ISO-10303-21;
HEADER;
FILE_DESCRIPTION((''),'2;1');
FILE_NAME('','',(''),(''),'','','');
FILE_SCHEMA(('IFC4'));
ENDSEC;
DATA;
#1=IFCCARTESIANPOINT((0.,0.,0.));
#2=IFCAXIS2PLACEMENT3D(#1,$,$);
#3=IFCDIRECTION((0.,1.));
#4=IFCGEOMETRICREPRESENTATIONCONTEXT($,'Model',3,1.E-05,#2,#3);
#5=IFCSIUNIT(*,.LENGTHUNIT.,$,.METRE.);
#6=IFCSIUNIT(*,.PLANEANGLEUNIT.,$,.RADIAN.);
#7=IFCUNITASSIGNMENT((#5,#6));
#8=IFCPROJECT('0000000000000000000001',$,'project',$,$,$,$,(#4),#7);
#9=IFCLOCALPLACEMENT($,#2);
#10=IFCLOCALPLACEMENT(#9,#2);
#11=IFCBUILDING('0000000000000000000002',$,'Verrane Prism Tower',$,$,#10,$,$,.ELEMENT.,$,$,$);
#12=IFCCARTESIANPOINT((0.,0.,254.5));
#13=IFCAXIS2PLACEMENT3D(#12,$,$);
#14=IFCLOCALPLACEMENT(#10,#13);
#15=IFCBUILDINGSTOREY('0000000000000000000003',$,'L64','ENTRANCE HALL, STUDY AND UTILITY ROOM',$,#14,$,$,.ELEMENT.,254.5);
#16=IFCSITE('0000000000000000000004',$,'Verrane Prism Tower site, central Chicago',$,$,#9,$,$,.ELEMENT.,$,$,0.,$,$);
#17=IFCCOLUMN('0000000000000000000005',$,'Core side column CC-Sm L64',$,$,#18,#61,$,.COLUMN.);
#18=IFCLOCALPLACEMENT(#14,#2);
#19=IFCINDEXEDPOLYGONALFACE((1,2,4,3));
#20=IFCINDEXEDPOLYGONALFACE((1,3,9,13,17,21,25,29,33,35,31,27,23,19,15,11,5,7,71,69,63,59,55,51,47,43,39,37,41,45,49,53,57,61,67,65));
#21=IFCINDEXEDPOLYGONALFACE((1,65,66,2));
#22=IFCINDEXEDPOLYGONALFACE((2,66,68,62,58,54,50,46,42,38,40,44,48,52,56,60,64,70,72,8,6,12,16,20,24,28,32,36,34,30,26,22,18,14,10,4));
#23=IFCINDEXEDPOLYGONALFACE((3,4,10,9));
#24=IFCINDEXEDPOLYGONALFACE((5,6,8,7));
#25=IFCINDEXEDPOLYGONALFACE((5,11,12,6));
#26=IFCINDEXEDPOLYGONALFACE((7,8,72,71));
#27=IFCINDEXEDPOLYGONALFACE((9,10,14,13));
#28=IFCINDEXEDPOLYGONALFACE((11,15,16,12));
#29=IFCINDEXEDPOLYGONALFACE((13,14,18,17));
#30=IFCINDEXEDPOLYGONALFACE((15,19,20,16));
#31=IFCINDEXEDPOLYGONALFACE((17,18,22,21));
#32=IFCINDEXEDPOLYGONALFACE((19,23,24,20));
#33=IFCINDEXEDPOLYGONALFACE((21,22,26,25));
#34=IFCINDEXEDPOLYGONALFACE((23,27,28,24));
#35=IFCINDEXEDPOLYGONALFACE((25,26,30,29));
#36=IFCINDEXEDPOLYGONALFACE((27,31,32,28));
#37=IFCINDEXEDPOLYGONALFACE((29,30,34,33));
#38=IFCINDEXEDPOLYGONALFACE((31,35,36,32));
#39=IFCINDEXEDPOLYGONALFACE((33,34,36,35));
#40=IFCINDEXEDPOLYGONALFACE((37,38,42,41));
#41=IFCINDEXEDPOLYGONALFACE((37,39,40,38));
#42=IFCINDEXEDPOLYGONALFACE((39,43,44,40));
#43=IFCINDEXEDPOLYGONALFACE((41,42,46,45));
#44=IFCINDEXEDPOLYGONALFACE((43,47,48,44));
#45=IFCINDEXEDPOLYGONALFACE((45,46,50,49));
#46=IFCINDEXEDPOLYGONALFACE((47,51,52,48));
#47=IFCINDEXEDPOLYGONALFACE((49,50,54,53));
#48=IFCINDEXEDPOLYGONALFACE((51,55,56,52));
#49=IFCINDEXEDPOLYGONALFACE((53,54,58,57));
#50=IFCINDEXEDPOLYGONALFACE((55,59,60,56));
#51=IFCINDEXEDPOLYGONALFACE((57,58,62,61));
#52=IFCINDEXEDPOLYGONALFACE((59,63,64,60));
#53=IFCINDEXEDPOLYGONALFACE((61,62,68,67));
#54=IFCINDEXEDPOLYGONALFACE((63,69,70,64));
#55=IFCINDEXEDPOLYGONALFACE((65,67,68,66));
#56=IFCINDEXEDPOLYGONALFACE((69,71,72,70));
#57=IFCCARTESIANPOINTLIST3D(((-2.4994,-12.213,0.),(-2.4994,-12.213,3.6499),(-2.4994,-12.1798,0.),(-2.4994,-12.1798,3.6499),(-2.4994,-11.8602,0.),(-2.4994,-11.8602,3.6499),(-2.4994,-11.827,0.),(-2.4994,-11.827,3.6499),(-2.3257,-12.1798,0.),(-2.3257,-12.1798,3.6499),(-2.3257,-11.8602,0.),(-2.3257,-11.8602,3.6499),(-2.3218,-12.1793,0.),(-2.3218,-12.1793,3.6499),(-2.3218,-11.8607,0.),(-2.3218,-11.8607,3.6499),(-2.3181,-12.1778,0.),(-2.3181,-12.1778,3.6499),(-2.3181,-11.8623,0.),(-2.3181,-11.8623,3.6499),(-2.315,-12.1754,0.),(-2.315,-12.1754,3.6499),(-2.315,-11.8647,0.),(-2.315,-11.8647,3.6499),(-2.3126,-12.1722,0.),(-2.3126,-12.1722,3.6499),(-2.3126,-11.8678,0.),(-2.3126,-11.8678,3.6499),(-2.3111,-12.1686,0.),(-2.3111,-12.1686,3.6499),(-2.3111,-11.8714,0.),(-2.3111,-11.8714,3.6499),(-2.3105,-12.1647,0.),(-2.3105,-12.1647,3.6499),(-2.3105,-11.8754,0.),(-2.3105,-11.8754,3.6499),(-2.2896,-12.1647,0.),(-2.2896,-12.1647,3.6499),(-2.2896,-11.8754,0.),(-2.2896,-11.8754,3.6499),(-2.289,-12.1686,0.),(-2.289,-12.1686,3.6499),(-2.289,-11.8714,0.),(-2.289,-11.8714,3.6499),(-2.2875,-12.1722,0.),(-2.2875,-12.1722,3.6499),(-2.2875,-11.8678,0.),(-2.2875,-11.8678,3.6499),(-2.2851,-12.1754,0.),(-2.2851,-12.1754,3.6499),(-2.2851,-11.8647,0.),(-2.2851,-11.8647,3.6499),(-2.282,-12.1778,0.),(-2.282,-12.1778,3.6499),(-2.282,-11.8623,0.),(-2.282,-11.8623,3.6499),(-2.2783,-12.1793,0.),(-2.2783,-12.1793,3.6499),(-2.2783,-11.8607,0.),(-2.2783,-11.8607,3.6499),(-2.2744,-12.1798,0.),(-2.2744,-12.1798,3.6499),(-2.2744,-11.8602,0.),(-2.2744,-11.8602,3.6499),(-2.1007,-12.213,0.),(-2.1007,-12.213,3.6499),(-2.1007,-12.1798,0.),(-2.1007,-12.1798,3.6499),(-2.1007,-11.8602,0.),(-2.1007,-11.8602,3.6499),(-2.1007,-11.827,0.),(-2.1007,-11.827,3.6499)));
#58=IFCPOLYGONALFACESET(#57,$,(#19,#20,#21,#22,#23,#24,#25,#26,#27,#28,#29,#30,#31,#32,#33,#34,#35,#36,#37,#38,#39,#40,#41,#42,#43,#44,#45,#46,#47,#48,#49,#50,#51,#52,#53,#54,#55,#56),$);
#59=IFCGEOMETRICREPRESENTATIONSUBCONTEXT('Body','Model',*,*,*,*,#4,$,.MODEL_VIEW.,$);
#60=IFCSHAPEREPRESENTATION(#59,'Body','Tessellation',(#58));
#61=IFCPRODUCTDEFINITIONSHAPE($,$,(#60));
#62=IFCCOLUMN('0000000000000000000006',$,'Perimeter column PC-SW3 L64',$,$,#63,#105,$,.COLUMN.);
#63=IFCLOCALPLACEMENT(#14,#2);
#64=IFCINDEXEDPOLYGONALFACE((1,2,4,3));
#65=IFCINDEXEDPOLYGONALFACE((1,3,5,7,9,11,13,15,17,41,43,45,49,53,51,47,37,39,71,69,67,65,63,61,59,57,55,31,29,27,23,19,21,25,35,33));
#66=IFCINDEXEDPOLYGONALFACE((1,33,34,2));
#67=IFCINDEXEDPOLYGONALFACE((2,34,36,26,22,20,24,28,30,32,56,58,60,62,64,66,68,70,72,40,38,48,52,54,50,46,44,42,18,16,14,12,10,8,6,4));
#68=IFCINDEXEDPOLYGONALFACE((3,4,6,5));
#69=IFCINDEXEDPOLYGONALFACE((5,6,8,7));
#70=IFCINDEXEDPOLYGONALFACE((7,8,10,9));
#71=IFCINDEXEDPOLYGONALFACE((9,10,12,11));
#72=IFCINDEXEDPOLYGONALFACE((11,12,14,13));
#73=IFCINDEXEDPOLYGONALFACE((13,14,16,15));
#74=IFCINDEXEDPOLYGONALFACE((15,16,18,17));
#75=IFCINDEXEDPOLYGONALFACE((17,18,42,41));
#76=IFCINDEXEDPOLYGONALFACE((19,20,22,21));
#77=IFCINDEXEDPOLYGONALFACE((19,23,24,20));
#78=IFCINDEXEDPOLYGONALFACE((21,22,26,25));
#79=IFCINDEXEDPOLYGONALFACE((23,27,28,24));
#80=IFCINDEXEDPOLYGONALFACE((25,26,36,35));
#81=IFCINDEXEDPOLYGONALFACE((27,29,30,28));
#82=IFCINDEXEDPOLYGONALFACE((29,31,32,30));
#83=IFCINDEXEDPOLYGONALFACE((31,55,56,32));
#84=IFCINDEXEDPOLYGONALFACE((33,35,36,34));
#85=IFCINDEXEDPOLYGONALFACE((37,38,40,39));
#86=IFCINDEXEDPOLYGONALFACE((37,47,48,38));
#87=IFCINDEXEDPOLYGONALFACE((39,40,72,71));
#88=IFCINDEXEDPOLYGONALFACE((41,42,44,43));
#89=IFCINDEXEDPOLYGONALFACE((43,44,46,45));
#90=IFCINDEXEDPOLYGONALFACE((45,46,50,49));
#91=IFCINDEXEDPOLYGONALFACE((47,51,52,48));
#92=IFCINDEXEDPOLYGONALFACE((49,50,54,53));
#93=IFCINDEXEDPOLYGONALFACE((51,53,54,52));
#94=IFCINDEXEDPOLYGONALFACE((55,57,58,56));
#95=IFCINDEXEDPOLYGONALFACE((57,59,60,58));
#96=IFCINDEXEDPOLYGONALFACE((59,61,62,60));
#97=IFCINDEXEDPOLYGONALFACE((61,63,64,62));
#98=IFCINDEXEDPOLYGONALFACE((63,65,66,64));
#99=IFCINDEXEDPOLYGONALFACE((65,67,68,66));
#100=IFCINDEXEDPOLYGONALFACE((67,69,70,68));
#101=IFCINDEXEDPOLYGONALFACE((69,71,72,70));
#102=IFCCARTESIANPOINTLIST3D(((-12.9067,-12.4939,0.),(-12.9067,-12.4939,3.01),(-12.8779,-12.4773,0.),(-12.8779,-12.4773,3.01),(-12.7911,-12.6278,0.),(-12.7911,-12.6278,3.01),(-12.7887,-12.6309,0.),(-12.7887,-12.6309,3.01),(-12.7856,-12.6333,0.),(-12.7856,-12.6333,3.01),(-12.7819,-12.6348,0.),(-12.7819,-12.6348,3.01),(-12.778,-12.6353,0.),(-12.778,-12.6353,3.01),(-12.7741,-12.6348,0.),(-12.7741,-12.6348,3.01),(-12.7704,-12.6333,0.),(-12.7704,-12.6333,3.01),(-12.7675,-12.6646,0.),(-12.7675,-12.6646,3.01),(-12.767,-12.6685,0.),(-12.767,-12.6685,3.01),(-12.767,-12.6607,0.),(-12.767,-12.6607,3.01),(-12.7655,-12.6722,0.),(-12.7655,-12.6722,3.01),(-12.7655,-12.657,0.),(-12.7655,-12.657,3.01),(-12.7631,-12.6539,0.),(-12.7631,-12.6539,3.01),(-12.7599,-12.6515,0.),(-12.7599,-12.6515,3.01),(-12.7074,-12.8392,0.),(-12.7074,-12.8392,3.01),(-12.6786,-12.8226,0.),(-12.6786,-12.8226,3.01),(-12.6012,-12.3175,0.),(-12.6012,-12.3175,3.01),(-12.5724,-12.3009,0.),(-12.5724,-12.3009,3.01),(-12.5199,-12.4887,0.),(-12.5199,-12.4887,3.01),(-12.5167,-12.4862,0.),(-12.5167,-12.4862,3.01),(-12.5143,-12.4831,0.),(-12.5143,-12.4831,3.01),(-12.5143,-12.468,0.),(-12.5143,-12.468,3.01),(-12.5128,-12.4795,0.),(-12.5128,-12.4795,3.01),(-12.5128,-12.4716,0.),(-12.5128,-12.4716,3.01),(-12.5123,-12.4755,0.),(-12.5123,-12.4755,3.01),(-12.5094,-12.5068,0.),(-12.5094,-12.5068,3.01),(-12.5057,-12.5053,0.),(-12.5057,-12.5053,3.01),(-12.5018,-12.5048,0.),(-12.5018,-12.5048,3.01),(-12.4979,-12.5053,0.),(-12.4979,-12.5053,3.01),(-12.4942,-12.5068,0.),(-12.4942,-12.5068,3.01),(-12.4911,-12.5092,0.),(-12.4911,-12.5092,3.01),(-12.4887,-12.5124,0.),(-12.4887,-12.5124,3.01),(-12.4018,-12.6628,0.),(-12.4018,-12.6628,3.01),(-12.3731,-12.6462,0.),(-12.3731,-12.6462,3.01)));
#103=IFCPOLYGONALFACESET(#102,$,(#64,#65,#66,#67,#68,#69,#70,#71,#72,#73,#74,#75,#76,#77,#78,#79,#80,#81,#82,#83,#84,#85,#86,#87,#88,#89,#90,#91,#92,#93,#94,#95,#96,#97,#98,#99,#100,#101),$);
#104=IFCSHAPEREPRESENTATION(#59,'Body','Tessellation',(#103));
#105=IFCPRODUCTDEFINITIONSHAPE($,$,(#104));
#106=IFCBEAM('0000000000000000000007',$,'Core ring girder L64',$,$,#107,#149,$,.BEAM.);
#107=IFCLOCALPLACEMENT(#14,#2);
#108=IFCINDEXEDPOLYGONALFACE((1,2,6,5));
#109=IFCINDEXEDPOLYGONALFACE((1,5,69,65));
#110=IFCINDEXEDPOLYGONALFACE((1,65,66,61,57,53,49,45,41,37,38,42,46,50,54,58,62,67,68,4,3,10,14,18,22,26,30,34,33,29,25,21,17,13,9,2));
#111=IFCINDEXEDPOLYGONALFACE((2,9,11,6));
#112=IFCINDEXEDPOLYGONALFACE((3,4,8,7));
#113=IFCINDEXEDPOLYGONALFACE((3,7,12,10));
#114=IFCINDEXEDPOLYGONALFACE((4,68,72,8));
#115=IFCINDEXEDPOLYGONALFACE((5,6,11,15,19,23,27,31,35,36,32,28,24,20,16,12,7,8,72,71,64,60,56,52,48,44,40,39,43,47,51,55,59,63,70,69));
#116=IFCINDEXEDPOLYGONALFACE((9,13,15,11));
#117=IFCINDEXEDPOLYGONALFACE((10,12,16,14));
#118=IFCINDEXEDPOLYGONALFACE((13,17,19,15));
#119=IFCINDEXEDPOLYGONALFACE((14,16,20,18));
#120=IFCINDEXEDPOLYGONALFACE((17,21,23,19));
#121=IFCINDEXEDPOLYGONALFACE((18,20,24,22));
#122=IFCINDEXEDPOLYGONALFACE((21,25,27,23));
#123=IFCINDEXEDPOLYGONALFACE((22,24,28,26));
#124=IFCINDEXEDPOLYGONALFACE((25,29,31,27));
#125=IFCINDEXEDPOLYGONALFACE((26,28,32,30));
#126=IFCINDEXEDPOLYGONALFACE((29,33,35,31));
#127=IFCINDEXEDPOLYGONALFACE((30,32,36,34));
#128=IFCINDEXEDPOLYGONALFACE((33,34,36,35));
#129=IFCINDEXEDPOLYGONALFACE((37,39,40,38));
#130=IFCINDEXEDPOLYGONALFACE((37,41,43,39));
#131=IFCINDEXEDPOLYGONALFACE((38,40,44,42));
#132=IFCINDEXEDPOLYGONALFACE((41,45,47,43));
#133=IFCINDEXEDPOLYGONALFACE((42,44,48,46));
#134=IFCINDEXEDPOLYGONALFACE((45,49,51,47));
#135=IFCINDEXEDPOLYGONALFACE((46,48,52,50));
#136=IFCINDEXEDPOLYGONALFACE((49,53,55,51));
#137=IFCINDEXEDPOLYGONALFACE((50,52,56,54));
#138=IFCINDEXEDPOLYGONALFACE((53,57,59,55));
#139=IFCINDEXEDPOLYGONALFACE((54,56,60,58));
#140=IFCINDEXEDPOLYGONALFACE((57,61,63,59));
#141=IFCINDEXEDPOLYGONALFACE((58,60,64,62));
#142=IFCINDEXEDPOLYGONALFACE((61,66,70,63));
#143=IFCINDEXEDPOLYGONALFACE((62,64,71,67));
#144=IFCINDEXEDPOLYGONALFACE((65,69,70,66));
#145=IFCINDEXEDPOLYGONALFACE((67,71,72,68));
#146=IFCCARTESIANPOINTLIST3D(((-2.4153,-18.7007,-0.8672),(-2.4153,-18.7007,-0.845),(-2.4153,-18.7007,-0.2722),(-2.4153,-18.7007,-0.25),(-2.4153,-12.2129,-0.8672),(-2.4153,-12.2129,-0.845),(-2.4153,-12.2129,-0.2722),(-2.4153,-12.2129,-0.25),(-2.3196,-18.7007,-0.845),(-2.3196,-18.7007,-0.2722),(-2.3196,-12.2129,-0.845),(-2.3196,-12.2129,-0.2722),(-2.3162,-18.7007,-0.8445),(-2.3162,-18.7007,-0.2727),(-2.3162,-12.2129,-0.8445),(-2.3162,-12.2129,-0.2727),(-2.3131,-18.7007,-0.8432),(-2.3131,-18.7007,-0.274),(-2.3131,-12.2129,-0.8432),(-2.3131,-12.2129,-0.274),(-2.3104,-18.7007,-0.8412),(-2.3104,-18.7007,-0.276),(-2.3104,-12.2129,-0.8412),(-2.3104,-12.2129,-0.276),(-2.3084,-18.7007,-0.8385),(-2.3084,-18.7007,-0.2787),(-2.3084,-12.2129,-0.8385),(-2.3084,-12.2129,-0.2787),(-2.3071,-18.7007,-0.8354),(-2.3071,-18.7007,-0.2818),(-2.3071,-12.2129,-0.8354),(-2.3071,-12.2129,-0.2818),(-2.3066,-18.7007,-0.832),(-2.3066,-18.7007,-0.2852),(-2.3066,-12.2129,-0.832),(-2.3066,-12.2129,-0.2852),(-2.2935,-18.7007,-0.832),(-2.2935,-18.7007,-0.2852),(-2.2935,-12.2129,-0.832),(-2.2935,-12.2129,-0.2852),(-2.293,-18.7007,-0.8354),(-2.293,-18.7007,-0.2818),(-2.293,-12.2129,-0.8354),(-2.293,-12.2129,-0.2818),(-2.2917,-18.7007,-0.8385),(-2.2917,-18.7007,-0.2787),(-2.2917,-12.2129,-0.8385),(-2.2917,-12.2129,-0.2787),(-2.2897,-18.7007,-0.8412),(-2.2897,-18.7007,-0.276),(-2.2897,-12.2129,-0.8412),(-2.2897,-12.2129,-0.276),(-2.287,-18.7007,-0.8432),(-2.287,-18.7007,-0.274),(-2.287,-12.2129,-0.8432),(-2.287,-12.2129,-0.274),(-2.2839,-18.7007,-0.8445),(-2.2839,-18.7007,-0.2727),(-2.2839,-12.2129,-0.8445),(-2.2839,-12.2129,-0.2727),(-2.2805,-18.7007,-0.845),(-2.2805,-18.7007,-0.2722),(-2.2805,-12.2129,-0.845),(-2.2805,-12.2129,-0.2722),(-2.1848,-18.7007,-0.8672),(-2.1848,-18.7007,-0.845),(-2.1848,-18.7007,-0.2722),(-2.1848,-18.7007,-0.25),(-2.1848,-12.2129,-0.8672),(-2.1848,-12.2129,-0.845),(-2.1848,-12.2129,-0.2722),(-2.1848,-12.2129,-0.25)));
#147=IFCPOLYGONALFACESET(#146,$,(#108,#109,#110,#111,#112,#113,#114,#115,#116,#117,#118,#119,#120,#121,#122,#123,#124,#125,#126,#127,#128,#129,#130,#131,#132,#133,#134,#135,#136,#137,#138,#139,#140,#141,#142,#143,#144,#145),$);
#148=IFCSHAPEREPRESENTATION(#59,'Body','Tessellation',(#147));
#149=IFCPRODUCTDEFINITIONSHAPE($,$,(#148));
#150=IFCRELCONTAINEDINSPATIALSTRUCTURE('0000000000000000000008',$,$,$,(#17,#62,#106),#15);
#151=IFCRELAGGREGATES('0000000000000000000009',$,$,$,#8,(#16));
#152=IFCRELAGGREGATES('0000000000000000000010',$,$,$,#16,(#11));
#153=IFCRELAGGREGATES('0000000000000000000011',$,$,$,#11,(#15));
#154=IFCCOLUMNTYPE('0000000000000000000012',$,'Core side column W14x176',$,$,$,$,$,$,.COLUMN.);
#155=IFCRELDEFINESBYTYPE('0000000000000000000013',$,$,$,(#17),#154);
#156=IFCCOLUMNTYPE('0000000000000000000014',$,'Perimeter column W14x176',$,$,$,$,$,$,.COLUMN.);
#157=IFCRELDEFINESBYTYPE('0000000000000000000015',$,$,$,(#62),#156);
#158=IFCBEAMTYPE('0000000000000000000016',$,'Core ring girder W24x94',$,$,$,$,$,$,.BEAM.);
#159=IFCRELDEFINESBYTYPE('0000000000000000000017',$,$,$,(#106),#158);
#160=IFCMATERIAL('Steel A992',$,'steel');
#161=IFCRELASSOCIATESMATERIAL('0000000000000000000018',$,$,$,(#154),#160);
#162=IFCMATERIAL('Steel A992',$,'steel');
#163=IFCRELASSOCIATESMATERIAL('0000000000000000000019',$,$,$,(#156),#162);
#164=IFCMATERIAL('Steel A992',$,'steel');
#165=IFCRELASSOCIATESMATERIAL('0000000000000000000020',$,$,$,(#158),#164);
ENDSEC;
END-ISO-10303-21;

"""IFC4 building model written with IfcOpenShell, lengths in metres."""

from ifc_helpers import new_model, si_unit, direction, frame, origin, origin_2d, place, context, subcontext, project, spatial, i_section, extrude, material, material_profile, profile_set, type_object, element, save


model = new_model("IFC4")

# Units and contexts
model_context = context("Model", 3, precision=1e-05, world=origin(), true_north=direction((0.0, 1.0)))
body_context = subcontext(model_context, "Body", "Model", "MODEL_VIEW")
ifc_project = project(units=[si_unit("LENGTHUNIT", "METRE"), si_unit("PLANEANGLEUNIT", "RADIAN")], contexts=[model_context])

# Site, building, storey
site_placement = place(None, origin())
site = spatial("IfcSite", under=ifc_project, at=site_placement, Name="Verrane Prism Tower site, central Chicago", CompositionType="ELEMENT", RefElevation=0.0)
building_placement = place(site_placement, origin())
building = spatial("IfcBuilding", under=site, at=building_placement, Name="Verrane Prism Tower", CompositionType="ELEMENT")
storey_placement = place(building_placement, frame((0.0, 0.0, 254.5)))
storey = spatial("IfcBuildingStorey", under=building, at=storey_placement, Name="L64", Description="ENTRANCE HALL, STUDY AND UTILITY ROOM", CompositionType="ELEMENT", Elevation=254.5)

# Columns
ifc_material_1 = material(Name="Steel A992", Category="steel")
ifc_material_profile_1 = material_profile(ifc_material_1, i_section(OverallWidth=0.3987, OverallDepth=0.386, WebThickness=0.021, FlangeThickness=0.0332, FilletRadius=0.0151, at=origin_2d()), Name="W14x176")
ifc_profile_set_1 = profile_set([ifc_material_profile_1], Name="Steel A992")
column_type_1 = type_object("IfcColumnType", Name="Core side column W14x176", PredefinedType="COLUMN", material=ifc_profile_set_1)
column_1_placement = place(storey_placement, frame((-2.3, -12.02, 0.0), z_axis=(0.0, 0.0, 1.0), x_axis=(1.0, 0.0, 0.0)))
element("IfcColumn", 1, at=column_1_placement, inside=storey, type_object=column_type_1, Name="Core side column CC-Sm L64", PredefinedType="COLUMN", context=body_context, shape_type="SweptSolid", body=[
    extrude(i_section(OverallWidth=0.3987, OverallDepth=0.386, WebThickness=0.021, FlangeThickness=0.0332, FilletRadius=0.0151, at=origin_2d()), origin(), (0.0, 0.0, 1.0), 3.6499),
])
ifc_material_2 = material(Name="Steel A992", Category="steel")
ifc_material_profile_2 = material_profile(ifc_material_2, i_section(OverallWidth=0.3987, OverallDepth=0.386, WebThickness=0.021, FlangeThickness=0.0332, FilletRadius=0.0151, at=origin_2d()), Name="W14x176")
ifc_profile_set_2 = profile_set([ifc_material_profile_2], Name="Steel A992")
column_type_2 = type_object("IfcColumnType", Name="Perimeter column W14x176", PredefinedType="COLUMN", material=ifc_profile_set_2)
column_2_placement = place(storey_placement, frame((-12.6399, -12.5701, 0.0), z_axis=(0.0, 0.0, 1.0), x_axis=(-0.5, 0.866025, 0.0)))
element("IfcColumn", 2, at=column_2_placement, inside=storey, type_object=column_type_2, Name="Perimeter column PC-SW3 L64", PredefinedType="COLUMN", context=body_context, shape_type="SweptSolid", body=[
    extrude(i_section(OverallWidth=0.3987, OverallDepth=0.386, WebThickness=0.021, FlangeThickness=0.0332, FilletRadius=0.0151, at=origin_2d()), origin(), (0.0, 0.0, 1.0), 3.01),
])

# Beam
ifc_material_3 = material(Name="Steel A992", Category="steel")
ifc_material_profile_3 = material_profile(ifc_material_3, i_section(OverallWidth=0.2305, OverallDepth=0.6172, WebThickness=0.0132, FlangeThickness=0.0222, FilletRadius=0.0129, at=origin_2d()), Name="W24x94")
ifc_profile_set_3 = profile_set([ifc_material_profile_3], Name="Steel A992")
beam_type_1 = type_object("IfcBeamType", Name="Core ring girder W24x94", PredefinedType="BEAM", material=ifc_profile_set_3)
beam_1_placement = place(storey_placement, frame((-2.3, -12.2129, -0.5586), z_axis=(0.0, -1.0, 0.0), x_axis=(1.0, 0.0, 0.0)))
element("IfcBeam", 3, at=beam_1_placement, inside=storey, type_object=beam_type_1, Name="Core ring girder L64", PredefinedType="BEAM", context=body_context, shape_type="SweptSolid", body=[
    extrude(i_section(OverallWidth=0.2305, OverallDepth=0.6172, WebThickness=0.0132, FlangeThickness=0.0222, FilletRadius=0.0129, at=origin_2d()), origin(), (0.0, 0.0, 1.0), 6.4878),
])

save(model, "model.ifc")
